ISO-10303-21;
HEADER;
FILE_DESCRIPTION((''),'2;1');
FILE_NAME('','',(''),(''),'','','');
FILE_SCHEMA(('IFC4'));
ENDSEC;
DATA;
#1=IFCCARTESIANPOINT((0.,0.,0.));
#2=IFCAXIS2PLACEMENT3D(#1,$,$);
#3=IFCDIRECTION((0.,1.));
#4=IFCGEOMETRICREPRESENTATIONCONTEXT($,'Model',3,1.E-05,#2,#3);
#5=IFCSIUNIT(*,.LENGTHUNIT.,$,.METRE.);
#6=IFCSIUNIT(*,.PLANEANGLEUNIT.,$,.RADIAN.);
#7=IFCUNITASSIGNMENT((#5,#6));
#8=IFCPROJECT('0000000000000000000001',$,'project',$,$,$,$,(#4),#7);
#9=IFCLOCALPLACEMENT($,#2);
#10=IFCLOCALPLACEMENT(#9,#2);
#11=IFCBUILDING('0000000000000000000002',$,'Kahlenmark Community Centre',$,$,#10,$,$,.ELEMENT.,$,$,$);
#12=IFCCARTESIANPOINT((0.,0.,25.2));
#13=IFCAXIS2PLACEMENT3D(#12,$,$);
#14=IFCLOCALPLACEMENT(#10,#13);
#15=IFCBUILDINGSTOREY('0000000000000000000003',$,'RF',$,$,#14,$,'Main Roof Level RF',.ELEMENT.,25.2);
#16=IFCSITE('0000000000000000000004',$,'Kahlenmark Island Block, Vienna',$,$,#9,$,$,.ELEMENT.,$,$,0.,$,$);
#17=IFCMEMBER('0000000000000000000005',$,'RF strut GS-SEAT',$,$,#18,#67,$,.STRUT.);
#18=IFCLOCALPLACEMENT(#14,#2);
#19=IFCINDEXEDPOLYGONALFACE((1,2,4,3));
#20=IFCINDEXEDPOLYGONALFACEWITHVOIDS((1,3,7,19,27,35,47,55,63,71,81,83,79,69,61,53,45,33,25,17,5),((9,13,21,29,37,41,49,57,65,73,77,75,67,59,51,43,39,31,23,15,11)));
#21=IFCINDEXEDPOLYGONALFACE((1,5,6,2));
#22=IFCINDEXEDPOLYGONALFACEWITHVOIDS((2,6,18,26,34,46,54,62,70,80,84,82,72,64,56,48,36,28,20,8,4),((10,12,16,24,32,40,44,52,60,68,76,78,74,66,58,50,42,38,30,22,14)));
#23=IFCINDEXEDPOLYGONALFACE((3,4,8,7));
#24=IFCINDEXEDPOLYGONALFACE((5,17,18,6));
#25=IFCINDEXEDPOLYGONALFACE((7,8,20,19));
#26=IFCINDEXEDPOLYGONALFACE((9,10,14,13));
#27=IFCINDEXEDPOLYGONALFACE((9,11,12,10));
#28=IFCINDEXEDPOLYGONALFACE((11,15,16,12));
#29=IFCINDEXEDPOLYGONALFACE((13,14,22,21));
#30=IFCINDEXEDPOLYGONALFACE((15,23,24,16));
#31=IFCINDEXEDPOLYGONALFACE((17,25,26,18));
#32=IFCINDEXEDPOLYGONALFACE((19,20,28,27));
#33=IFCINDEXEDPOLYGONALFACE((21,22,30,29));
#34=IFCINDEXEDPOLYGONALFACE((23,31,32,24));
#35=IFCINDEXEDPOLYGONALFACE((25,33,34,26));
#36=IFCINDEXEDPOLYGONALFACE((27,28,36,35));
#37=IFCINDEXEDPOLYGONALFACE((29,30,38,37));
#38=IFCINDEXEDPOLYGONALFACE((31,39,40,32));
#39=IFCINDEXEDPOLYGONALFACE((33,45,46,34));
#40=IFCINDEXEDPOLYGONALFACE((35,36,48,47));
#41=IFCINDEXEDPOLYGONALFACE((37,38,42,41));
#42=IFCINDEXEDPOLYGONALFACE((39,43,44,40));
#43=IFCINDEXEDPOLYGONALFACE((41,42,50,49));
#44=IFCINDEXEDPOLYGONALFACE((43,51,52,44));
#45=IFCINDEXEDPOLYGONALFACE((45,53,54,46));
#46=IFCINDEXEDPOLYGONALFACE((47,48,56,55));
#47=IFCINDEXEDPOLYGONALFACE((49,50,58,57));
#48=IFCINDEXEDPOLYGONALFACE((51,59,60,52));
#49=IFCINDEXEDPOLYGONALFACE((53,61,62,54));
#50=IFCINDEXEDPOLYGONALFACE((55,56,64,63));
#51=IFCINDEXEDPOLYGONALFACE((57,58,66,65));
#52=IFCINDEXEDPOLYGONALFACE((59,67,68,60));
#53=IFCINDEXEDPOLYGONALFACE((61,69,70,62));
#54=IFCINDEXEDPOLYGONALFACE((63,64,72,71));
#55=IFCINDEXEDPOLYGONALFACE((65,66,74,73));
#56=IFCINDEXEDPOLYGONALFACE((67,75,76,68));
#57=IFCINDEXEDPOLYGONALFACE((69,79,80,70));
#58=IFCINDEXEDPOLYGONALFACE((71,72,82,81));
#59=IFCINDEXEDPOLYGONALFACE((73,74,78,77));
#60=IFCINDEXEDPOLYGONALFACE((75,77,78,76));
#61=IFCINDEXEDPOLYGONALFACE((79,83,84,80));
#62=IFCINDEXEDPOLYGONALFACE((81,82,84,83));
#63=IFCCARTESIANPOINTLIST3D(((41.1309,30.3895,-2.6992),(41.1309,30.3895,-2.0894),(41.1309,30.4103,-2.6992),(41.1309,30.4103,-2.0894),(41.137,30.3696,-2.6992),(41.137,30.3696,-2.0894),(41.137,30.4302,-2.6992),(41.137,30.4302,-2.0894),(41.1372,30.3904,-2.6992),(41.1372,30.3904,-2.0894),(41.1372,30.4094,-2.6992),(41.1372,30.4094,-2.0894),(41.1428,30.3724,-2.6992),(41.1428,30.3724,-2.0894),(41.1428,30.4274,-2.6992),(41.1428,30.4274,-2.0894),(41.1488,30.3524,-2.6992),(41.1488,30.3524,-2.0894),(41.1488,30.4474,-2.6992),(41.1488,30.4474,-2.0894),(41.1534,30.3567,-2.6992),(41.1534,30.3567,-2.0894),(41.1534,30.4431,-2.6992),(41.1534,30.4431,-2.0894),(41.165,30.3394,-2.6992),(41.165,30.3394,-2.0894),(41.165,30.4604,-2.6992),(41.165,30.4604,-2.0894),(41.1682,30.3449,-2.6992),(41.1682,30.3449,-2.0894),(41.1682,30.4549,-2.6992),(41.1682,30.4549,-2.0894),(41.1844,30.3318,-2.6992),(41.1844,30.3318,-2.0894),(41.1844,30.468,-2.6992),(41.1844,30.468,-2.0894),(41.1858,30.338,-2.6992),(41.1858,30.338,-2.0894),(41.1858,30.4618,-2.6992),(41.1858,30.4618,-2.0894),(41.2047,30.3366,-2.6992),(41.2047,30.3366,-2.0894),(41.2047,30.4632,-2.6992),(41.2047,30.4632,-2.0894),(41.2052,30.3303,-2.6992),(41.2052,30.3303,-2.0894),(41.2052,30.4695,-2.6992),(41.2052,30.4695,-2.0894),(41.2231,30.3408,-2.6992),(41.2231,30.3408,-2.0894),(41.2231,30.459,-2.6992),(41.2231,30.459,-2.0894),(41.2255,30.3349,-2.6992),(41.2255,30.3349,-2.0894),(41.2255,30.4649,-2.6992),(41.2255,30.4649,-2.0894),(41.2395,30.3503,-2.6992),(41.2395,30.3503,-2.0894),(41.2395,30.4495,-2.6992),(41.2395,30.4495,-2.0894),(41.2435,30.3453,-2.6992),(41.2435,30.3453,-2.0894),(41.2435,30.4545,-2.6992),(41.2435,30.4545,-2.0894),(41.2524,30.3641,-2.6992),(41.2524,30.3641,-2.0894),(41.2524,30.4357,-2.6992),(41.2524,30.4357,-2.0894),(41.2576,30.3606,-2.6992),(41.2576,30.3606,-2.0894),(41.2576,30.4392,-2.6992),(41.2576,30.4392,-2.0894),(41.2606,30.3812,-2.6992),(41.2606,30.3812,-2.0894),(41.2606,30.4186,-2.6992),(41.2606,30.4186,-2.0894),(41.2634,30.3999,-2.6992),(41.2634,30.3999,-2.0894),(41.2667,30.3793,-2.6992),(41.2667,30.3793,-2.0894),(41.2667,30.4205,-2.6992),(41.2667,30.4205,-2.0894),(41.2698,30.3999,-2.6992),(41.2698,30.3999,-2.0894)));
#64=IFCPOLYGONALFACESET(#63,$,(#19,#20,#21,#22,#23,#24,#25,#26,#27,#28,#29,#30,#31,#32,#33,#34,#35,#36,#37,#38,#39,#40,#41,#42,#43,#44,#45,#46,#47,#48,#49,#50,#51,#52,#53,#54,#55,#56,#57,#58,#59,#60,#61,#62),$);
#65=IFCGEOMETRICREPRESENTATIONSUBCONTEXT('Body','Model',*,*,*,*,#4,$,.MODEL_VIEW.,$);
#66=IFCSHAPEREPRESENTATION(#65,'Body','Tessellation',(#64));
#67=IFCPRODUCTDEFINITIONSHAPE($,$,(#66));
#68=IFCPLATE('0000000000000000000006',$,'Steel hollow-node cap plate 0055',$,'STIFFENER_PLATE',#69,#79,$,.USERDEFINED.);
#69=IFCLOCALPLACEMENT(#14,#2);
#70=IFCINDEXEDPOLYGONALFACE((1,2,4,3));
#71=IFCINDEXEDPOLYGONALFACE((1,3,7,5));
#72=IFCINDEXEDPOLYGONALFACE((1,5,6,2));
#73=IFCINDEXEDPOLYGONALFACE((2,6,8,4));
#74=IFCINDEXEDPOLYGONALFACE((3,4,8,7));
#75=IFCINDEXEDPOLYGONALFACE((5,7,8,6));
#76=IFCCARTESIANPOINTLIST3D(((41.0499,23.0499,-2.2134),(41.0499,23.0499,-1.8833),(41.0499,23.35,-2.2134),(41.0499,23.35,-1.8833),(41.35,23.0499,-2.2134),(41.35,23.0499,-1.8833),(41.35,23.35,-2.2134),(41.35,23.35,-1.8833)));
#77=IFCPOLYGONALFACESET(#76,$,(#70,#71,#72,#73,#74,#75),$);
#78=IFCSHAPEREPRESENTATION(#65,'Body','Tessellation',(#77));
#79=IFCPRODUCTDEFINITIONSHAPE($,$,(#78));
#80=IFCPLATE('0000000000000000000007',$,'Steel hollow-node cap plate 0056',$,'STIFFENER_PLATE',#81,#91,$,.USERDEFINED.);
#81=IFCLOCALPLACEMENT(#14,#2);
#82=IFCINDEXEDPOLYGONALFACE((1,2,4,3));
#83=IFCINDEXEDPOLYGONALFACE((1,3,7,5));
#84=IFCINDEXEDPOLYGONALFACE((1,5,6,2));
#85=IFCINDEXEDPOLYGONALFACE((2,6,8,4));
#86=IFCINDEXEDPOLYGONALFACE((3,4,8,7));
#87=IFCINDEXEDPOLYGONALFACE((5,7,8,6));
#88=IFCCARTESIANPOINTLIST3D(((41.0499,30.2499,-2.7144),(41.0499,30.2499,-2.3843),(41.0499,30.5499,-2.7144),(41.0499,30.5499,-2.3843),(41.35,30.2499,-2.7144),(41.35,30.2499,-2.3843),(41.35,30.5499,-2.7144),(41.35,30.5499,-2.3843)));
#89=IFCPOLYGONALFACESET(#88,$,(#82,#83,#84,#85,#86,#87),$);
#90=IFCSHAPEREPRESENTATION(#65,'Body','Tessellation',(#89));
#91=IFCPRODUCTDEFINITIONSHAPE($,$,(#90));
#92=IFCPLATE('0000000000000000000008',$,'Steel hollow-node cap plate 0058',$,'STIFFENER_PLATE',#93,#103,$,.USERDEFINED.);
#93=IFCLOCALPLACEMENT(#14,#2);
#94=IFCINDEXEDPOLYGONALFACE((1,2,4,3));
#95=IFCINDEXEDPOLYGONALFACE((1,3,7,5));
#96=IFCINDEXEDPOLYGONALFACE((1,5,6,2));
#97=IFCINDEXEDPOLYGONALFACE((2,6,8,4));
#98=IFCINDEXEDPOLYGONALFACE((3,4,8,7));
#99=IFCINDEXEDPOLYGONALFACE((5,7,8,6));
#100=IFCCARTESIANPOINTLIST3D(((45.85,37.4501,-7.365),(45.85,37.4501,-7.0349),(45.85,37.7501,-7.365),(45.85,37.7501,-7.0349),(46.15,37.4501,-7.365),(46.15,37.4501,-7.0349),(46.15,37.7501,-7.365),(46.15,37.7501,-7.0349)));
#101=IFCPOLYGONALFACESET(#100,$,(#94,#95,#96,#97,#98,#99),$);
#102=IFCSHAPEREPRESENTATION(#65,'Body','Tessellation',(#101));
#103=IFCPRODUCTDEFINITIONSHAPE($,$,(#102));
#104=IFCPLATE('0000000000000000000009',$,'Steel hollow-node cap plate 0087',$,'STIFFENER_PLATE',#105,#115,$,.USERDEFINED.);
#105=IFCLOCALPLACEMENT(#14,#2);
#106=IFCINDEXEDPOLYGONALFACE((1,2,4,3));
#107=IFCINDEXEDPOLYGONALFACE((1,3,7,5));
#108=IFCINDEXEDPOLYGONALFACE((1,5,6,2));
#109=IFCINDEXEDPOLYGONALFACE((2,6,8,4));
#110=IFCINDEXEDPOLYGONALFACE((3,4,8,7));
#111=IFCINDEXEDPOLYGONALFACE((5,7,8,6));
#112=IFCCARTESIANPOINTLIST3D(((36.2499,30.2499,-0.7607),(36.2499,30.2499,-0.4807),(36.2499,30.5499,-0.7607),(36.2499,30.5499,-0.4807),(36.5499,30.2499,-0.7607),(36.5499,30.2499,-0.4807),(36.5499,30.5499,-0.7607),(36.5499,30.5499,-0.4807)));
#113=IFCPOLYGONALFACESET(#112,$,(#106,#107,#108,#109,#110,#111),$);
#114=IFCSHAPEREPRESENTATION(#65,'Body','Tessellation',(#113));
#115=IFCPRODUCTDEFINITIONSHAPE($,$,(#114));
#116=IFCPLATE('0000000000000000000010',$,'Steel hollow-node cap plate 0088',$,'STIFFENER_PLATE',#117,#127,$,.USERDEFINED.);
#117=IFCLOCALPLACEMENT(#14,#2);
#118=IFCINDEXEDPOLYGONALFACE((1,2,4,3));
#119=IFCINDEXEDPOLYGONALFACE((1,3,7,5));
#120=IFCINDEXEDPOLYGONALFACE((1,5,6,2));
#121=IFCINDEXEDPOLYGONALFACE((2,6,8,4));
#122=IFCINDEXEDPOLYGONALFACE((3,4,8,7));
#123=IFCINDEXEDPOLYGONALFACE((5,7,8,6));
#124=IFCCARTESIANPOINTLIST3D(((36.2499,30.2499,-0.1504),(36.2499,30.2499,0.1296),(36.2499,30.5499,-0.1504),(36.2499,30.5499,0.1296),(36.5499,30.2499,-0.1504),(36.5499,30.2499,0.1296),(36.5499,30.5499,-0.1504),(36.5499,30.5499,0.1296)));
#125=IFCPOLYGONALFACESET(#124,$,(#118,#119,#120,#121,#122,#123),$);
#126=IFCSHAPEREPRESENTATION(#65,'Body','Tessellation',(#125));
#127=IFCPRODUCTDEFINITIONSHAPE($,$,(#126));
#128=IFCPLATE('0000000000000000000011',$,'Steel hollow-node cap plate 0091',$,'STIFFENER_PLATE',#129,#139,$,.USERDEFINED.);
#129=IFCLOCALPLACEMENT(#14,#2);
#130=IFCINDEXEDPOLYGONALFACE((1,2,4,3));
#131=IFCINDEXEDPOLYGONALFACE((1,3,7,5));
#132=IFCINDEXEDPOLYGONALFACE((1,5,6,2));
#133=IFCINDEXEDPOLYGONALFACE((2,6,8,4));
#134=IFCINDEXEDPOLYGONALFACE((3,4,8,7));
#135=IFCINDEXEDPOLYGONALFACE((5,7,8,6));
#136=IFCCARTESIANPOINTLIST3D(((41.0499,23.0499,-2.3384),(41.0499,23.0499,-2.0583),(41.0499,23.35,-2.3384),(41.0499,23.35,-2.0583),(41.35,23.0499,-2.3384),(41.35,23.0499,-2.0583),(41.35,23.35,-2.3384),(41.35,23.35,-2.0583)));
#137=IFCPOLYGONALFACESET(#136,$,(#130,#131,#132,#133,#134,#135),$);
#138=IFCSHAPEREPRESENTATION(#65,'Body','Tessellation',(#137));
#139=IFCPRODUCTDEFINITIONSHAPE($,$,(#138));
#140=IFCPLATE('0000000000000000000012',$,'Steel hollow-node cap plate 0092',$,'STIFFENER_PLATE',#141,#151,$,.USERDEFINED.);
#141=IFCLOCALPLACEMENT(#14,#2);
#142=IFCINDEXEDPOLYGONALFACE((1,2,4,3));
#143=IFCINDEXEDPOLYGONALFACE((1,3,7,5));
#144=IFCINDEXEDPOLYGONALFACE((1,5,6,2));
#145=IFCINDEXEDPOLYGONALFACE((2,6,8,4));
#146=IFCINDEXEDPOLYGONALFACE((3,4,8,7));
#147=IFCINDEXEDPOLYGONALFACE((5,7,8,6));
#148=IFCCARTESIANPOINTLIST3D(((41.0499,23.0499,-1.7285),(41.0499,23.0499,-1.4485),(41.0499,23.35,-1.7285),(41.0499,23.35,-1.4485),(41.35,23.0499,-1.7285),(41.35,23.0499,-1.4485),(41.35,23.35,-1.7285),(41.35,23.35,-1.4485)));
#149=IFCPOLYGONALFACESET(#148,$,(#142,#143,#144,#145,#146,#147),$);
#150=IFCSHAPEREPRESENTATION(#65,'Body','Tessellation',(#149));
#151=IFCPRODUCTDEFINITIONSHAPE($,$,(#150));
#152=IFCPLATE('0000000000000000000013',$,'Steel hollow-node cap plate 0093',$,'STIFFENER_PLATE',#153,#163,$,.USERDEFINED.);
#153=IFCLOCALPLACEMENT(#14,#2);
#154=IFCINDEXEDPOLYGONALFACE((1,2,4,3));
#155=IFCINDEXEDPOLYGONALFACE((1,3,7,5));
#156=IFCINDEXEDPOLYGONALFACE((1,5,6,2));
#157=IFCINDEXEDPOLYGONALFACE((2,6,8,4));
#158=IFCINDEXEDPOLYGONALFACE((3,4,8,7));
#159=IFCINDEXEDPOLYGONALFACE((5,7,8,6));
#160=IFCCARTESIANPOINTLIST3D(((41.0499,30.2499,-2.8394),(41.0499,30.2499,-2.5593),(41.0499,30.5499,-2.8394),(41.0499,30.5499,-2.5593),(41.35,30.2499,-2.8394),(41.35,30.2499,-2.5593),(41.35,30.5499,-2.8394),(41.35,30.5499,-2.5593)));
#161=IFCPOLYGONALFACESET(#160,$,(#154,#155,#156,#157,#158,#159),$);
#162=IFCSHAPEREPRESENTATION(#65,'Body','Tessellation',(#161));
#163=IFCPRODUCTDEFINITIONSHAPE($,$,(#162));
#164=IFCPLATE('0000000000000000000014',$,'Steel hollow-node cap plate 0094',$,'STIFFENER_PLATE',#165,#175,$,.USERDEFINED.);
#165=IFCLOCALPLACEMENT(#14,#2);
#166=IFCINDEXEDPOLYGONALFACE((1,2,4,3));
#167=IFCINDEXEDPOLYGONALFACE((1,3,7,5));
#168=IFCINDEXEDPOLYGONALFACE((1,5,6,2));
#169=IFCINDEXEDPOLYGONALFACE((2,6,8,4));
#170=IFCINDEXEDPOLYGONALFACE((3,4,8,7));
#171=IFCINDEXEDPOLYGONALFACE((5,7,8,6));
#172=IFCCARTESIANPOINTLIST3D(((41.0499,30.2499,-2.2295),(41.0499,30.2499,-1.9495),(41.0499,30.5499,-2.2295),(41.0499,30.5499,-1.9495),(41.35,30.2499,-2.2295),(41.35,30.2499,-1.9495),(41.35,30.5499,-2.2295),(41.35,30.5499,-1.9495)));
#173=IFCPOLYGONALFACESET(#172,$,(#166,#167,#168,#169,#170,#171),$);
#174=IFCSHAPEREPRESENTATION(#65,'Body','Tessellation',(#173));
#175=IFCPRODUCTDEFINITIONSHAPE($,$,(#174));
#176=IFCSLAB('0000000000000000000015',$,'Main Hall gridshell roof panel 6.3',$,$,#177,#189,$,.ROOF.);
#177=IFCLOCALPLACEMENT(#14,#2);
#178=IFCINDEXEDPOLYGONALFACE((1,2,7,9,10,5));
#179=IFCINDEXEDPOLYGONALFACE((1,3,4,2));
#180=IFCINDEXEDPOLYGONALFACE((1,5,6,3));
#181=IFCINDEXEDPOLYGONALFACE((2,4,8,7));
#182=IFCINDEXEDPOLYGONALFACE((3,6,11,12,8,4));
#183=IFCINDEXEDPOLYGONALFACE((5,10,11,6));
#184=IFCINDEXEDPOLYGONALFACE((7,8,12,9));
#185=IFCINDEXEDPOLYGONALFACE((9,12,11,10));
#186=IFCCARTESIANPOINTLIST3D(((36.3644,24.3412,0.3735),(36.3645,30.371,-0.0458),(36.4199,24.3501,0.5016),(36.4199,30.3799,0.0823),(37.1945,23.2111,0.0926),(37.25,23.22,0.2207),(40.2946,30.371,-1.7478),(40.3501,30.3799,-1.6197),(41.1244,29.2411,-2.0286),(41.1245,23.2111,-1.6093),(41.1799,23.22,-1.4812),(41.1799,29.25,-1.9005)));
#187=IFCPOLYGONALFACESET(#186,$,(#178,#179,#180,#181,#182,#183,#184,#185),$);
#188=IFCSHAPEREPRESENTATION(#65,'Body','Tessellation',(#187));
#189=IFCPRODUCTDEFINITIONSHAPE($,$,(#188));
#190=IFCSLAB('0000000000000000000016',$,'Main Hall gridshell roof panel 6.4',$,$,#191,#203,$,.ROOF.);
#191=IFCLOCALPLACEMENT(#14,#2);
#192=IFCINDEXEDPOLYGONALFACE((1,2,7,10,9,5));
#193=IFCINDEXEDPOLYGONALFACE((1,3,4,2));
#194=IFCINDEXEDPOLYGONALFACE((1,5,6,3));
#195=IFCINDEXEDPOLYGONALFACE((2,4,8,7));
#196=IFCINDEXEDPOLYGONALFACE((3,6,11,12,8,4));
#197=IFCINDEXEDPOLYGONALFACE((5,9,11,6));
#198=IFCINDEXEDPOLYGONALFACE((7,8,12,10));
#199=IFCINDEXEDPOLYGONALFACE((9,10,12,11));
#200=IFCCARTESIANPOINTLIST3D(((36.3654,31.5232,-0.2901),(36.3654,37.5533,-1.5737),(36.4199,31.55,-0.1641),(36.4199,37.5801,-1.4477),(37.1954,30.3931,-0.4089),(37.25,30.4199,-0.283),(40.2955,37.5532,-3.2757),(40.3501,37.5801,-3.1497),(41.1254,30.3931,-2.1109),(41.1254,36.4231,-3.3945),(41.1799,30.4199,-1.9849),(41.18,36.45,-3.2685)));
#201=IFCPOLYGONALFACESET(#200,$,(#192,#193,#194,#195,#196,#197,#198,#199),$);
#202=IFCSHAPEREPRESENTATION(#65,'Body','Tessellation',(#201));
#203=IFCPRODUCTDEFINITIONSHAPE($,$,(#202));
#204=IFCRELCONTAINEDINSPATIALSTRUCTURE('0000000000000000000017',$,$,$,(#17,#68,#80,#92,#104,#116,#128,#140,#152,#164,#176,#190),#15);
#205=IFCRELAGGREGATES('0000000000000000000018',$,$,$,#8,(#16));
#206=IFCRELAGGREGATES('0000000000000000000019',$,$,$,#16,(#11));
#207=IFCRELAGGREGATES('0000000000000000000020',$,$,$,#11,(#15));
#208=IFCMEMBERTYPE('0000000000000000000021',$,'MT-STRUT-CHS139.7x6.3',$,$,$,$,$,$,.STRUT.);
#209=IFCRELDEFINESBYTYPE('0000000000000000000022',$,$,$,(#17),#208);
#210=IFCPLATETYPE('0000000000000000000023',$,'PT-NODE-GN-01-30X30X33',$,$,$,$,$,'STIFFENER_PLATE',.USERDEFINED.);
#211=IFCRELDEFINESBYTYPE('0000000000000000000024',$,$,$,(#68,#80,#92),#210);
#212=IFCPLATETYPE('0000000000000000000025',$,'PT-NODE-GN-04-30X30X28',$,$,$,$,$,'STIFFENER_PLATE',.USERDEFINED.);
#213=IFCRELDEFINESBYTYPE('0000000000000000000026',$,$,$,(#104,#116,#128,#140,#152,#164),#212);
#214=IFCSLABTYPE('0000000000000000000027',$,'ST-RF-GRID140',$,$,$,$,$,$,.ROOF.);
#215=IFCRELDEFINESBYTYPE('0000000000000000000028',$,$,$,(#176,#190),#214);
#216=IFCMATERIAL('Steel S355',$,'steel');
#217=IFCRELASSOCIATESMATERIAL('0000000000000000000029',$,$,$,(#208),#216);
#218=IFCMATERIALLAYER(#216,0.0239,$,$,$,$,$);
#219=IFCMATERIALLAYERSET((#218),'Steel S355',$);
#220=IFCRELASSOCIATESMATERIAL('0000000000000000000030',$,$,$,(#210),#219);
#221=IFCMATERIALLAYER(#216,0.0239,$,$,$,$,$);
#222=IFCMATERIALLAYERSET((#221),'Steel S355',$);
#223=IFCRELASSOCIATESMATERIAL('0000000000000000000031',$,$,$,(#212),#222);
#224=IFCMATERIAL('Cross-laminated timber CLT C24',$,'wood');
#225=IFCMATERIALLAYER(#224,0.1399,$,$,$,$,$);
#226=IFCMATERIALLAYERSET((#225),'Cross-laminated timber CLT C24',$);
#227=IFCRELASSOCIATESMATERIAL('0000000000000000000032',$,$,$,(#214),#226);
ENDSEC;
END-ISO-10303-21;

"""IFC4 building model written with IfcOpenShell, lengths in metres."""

from ifc_helpers import new_model, si_unit, direction, frame, origin, origin_2d, place, context, subcontext, project, spatial, polyline, rectangle, hollow_circle, outline, extrude, material, layer, layer_set, material_profile, profile_set, type_object, element, save


model = new_model("IFC4")

# Units and contexts
model_context = context("Model", 3, precision=1e-05, world=origin(), true_north=direction((0.0, 1.0)))
body_context = subcontext(model_context, "Body", "Model", "MODEL_VIEW")
ifc_project = project(units=[si_unit("LENGTHUNIT", "METRE"), si_unit("PLANEANGLEUNIT", "RADIAN")], contexts=[model_context])

# Site, building, storey
site_placement = place(None, origin())
site = spatial("IfcSite", under=ifc_project, at=site_placement, Name="Kahlenmark Island Block, Vienna", CompositionType="ELEMENT", RefElevation=0.0)
building_placement = place(site_placement, origin())
building = spatial("IfcBuilding", under=site, at=building_placement, Name="Kahlenmark Community Centre", CompositionType="ELEMENT")
storey_placement = place(building_placement, frame((0.0, 0.0, 25.2)))
storey = spatial("IfcBuildingStorey", under=building, at=storey_placement, Name="RF", LongName="Main Roof Level RF", CompositionType="ELEMENT", Elevation=25.2)

# Member
ifc_material_1 = material(Name="Steel S355", Category="steel")
ifc_material_profile_1 = material_profile(ifc_material_1, hollow_circle(Radius=0.0698, WallThickness=0.0063, at=origin_2d()), Name="CHS 139.7x6.3")
ifc_profile_set_1 = profile_set([ifc_material_profile_1], Name="Steel S355")
member_type_1 = type_object("IfcMemberType", Name="MT-STRUT-CHS139.7x6.3", PredefinedType="STRUT", material=ifc_profile_set_1)
for number, where, z_axis, x_axis, name in (
    (1, (41.2, 30.3999, -2.6992), (0.0, 0.0, 1.0), (1.0, 0.0, 0.0), "RF strut GS-SEAT"),
):
    element("IfcMember", number, at=place(storey_placement, frame(where, z_axis=z_axis, x_axis=x_axis)), inside=storey, type_object=member_type_1, Name=name, PredefinedType="STRUT", context=body_context, shape_type="SweptSolid", body=[
        extrude(hollow_circle(Radius=0.0698, WallThickness=0.0063, at=origin_2d()), origin(), (0.0, 0.0, 1.0), 0.6099),
    ])

# Plates
ifc_layer_1 = layer(ifc_material_1, 0.0239)
ifc_layer_set_1 = layer_set([ifc_layer_1], Name="Steel S355")
plate_type_1 = type_object("IfcPlateType", Name="PT-NODE-GN-01-30X30X33", ElementType="STIFFENER_PLATE", PredefinedType="USERDEFINED", material=ifc_layer_set_1)
for number, where, z_axis, x_axis, name in (
    (2, (41.2, 23.2, -2.2134), (0.0, 0.0, 1.0), (1.0, 0.0, 0.0), "Steel hollow-node cap plate 0055"),
    (3, (41.2, 30.3999, -2.7144), (0.0, 0.0, 1.0), (1.0, 0.0, 0.0), "Steel hollow-node cap plate 0056"),
    (4, (46.0, 37.6001, -7.365), (0.0, 0.0, 1.0), (1.0, 0.0, 0.0), "Steel hollow-node cap plate 0058"),
):
    element("IfcPlate", number, at=place(storey_placement, frame(where, z_axis=z_axis, x_axis=x_axis)), inside=storey, type_object=plate_type_1, Name=name, ObjectType="STIFFENER_PLATE", PredefinedType="USERDEFINED", context=body_context, shape_type="SweptSolid", body=[
        extrude(rectangle(XDim=0.3, YDim=0.3, at=origin_2d()), origin(), (0.0, 0.0, 1.0), 0.3301),
    ])
ifc_layer_2 = layer(ifc_material_1, 0.0239)
ifc_layer_set_2 = layer_set([ifc_layer_2], Name="Steel S355")
plate_type_2 = type_object("IfcPlateType", Name="PT-NODE-GN-04-30X30X28", ElementType="STIFFENER_PLATE", PredefinedType="USERDEFINED", material=ifc_layer_set_2)
for number, where, z_axis, x_axis, name in (
    (5, (36.3999, 30.3999, -0.7607), (0.0, 0.0, 1.0), (1.0, 0.0, 0.0), "Steel hollow-node cap plate 0087"),
    (6, (36.3999, 30.3999, -0.1504), (0.0, 0.0, 1.0), (1.0, 0.0, 0.0), "Steel hollow-node cap plate 0088"),
    (7, (41.2, 23.2, -2.3384), (0.0, 0.0, 1.0), (1.0, 0.0, 0.0), "Steel hollow-node cap plate 0091"),
    (8, (41.2, 23.2, -1.7285), (0.0, 0.0, 1.0), (1.0, 0.0, 0.0), "Steel hollow-node cap plate 0092"),
    (9, (41.2, 30.3999, -2.8394), (0.0, 0.0, 1.0), (1.0, 0.0, 0.0), "Steel hollow-node cap plate 0093"),
    (10, (41.2, 30.3999, -2.2295), (0.0, 0.0, 1.0), (1.0, 0.0, 0.0), "Steel hollow-node cap plate 0094"),
):
    element("IfcPlate", number, at=place(storey_placement, frame(where, z_axis=z_axis, x_axis=x_axis)), inside=storey, type_object=plate_type_2, Name=name, ObjectType="STIFFENER_PLATE", PredefinedType="USERDEFINED", context=body_context, shape_type="SweptSolid", body=[
        extrude(rectangle(XDim=0.3, YDim=0.3, at=origin_2d()), origin(), (0.0, 0.0, 1.0), 0.28),
    ])

# Slabs
ifc_material_2 = material(Name="Cross-laminated timber CLT C24", Category="wood")
ifc_layer_3 = layer(ifc_material_2, 0.1399)
ifc_layer_set_3 = layer_set([ifc_layer_3], Name="Cross-laminated timber CLT C24")
slab_type = type_object("IfcSlabType", Name="ST-RF-GRID140", PredefinedType="ROOF", material=ifc_layer_set_3)
slab_1_placement = place(storey_placement, frame((37.25, 23.22, 0.2207), z_axis=(0.396588, 0.063677, 0.915785), x_axis=(0.917648, 0.0, -0.397395)))
element("IfcSlab", 11, at=slab_1_placement, inside=storey, type_object=slab_type, Name="Main Hall gridshell roof panel 6.3", PredefinedType="ROOF", context=body_context, shape_type="SweptSolid", body=[
    extrude(outline(polyline([(0.0, 0.0), (4.2826, 0.0), (4.4492, 6.0423), (3.5761, 7.1745), (-0.7067, 7.1745), (-0.8734, 1.1324), (0.0, 0.0)])), origin(), (0.0, 0.0, -1.0), 0.1399),
])
slab_2_placement = place(storey_placement, frame((37.25, 30.4199, -0.283), z_axis=(0.390025, 0.19172, 0.900624), x_axis=(0.917647, 0.0, -0.397397)))
element("IfcSlab", 12, at=slab_2_placement, inside=storey, type_object=slab_type, Name="Main Hall gridshell roof panel 6.4", PredefinedType="ROOF", context=body_context, shape_type="SweptSolid", body=[
    extrude(outline(polyline([(0.0, 0.0), (4.2826, 0.0), (4.7928, 6.144), (3.984, 7.2955), (-0.2988, 7.2955), (-0.809, 1.1515), (0.0, 0.0)])), origin(), (0.0, 0.0, -1.0), 0.1399),
])

save(model, "model.ifc")
